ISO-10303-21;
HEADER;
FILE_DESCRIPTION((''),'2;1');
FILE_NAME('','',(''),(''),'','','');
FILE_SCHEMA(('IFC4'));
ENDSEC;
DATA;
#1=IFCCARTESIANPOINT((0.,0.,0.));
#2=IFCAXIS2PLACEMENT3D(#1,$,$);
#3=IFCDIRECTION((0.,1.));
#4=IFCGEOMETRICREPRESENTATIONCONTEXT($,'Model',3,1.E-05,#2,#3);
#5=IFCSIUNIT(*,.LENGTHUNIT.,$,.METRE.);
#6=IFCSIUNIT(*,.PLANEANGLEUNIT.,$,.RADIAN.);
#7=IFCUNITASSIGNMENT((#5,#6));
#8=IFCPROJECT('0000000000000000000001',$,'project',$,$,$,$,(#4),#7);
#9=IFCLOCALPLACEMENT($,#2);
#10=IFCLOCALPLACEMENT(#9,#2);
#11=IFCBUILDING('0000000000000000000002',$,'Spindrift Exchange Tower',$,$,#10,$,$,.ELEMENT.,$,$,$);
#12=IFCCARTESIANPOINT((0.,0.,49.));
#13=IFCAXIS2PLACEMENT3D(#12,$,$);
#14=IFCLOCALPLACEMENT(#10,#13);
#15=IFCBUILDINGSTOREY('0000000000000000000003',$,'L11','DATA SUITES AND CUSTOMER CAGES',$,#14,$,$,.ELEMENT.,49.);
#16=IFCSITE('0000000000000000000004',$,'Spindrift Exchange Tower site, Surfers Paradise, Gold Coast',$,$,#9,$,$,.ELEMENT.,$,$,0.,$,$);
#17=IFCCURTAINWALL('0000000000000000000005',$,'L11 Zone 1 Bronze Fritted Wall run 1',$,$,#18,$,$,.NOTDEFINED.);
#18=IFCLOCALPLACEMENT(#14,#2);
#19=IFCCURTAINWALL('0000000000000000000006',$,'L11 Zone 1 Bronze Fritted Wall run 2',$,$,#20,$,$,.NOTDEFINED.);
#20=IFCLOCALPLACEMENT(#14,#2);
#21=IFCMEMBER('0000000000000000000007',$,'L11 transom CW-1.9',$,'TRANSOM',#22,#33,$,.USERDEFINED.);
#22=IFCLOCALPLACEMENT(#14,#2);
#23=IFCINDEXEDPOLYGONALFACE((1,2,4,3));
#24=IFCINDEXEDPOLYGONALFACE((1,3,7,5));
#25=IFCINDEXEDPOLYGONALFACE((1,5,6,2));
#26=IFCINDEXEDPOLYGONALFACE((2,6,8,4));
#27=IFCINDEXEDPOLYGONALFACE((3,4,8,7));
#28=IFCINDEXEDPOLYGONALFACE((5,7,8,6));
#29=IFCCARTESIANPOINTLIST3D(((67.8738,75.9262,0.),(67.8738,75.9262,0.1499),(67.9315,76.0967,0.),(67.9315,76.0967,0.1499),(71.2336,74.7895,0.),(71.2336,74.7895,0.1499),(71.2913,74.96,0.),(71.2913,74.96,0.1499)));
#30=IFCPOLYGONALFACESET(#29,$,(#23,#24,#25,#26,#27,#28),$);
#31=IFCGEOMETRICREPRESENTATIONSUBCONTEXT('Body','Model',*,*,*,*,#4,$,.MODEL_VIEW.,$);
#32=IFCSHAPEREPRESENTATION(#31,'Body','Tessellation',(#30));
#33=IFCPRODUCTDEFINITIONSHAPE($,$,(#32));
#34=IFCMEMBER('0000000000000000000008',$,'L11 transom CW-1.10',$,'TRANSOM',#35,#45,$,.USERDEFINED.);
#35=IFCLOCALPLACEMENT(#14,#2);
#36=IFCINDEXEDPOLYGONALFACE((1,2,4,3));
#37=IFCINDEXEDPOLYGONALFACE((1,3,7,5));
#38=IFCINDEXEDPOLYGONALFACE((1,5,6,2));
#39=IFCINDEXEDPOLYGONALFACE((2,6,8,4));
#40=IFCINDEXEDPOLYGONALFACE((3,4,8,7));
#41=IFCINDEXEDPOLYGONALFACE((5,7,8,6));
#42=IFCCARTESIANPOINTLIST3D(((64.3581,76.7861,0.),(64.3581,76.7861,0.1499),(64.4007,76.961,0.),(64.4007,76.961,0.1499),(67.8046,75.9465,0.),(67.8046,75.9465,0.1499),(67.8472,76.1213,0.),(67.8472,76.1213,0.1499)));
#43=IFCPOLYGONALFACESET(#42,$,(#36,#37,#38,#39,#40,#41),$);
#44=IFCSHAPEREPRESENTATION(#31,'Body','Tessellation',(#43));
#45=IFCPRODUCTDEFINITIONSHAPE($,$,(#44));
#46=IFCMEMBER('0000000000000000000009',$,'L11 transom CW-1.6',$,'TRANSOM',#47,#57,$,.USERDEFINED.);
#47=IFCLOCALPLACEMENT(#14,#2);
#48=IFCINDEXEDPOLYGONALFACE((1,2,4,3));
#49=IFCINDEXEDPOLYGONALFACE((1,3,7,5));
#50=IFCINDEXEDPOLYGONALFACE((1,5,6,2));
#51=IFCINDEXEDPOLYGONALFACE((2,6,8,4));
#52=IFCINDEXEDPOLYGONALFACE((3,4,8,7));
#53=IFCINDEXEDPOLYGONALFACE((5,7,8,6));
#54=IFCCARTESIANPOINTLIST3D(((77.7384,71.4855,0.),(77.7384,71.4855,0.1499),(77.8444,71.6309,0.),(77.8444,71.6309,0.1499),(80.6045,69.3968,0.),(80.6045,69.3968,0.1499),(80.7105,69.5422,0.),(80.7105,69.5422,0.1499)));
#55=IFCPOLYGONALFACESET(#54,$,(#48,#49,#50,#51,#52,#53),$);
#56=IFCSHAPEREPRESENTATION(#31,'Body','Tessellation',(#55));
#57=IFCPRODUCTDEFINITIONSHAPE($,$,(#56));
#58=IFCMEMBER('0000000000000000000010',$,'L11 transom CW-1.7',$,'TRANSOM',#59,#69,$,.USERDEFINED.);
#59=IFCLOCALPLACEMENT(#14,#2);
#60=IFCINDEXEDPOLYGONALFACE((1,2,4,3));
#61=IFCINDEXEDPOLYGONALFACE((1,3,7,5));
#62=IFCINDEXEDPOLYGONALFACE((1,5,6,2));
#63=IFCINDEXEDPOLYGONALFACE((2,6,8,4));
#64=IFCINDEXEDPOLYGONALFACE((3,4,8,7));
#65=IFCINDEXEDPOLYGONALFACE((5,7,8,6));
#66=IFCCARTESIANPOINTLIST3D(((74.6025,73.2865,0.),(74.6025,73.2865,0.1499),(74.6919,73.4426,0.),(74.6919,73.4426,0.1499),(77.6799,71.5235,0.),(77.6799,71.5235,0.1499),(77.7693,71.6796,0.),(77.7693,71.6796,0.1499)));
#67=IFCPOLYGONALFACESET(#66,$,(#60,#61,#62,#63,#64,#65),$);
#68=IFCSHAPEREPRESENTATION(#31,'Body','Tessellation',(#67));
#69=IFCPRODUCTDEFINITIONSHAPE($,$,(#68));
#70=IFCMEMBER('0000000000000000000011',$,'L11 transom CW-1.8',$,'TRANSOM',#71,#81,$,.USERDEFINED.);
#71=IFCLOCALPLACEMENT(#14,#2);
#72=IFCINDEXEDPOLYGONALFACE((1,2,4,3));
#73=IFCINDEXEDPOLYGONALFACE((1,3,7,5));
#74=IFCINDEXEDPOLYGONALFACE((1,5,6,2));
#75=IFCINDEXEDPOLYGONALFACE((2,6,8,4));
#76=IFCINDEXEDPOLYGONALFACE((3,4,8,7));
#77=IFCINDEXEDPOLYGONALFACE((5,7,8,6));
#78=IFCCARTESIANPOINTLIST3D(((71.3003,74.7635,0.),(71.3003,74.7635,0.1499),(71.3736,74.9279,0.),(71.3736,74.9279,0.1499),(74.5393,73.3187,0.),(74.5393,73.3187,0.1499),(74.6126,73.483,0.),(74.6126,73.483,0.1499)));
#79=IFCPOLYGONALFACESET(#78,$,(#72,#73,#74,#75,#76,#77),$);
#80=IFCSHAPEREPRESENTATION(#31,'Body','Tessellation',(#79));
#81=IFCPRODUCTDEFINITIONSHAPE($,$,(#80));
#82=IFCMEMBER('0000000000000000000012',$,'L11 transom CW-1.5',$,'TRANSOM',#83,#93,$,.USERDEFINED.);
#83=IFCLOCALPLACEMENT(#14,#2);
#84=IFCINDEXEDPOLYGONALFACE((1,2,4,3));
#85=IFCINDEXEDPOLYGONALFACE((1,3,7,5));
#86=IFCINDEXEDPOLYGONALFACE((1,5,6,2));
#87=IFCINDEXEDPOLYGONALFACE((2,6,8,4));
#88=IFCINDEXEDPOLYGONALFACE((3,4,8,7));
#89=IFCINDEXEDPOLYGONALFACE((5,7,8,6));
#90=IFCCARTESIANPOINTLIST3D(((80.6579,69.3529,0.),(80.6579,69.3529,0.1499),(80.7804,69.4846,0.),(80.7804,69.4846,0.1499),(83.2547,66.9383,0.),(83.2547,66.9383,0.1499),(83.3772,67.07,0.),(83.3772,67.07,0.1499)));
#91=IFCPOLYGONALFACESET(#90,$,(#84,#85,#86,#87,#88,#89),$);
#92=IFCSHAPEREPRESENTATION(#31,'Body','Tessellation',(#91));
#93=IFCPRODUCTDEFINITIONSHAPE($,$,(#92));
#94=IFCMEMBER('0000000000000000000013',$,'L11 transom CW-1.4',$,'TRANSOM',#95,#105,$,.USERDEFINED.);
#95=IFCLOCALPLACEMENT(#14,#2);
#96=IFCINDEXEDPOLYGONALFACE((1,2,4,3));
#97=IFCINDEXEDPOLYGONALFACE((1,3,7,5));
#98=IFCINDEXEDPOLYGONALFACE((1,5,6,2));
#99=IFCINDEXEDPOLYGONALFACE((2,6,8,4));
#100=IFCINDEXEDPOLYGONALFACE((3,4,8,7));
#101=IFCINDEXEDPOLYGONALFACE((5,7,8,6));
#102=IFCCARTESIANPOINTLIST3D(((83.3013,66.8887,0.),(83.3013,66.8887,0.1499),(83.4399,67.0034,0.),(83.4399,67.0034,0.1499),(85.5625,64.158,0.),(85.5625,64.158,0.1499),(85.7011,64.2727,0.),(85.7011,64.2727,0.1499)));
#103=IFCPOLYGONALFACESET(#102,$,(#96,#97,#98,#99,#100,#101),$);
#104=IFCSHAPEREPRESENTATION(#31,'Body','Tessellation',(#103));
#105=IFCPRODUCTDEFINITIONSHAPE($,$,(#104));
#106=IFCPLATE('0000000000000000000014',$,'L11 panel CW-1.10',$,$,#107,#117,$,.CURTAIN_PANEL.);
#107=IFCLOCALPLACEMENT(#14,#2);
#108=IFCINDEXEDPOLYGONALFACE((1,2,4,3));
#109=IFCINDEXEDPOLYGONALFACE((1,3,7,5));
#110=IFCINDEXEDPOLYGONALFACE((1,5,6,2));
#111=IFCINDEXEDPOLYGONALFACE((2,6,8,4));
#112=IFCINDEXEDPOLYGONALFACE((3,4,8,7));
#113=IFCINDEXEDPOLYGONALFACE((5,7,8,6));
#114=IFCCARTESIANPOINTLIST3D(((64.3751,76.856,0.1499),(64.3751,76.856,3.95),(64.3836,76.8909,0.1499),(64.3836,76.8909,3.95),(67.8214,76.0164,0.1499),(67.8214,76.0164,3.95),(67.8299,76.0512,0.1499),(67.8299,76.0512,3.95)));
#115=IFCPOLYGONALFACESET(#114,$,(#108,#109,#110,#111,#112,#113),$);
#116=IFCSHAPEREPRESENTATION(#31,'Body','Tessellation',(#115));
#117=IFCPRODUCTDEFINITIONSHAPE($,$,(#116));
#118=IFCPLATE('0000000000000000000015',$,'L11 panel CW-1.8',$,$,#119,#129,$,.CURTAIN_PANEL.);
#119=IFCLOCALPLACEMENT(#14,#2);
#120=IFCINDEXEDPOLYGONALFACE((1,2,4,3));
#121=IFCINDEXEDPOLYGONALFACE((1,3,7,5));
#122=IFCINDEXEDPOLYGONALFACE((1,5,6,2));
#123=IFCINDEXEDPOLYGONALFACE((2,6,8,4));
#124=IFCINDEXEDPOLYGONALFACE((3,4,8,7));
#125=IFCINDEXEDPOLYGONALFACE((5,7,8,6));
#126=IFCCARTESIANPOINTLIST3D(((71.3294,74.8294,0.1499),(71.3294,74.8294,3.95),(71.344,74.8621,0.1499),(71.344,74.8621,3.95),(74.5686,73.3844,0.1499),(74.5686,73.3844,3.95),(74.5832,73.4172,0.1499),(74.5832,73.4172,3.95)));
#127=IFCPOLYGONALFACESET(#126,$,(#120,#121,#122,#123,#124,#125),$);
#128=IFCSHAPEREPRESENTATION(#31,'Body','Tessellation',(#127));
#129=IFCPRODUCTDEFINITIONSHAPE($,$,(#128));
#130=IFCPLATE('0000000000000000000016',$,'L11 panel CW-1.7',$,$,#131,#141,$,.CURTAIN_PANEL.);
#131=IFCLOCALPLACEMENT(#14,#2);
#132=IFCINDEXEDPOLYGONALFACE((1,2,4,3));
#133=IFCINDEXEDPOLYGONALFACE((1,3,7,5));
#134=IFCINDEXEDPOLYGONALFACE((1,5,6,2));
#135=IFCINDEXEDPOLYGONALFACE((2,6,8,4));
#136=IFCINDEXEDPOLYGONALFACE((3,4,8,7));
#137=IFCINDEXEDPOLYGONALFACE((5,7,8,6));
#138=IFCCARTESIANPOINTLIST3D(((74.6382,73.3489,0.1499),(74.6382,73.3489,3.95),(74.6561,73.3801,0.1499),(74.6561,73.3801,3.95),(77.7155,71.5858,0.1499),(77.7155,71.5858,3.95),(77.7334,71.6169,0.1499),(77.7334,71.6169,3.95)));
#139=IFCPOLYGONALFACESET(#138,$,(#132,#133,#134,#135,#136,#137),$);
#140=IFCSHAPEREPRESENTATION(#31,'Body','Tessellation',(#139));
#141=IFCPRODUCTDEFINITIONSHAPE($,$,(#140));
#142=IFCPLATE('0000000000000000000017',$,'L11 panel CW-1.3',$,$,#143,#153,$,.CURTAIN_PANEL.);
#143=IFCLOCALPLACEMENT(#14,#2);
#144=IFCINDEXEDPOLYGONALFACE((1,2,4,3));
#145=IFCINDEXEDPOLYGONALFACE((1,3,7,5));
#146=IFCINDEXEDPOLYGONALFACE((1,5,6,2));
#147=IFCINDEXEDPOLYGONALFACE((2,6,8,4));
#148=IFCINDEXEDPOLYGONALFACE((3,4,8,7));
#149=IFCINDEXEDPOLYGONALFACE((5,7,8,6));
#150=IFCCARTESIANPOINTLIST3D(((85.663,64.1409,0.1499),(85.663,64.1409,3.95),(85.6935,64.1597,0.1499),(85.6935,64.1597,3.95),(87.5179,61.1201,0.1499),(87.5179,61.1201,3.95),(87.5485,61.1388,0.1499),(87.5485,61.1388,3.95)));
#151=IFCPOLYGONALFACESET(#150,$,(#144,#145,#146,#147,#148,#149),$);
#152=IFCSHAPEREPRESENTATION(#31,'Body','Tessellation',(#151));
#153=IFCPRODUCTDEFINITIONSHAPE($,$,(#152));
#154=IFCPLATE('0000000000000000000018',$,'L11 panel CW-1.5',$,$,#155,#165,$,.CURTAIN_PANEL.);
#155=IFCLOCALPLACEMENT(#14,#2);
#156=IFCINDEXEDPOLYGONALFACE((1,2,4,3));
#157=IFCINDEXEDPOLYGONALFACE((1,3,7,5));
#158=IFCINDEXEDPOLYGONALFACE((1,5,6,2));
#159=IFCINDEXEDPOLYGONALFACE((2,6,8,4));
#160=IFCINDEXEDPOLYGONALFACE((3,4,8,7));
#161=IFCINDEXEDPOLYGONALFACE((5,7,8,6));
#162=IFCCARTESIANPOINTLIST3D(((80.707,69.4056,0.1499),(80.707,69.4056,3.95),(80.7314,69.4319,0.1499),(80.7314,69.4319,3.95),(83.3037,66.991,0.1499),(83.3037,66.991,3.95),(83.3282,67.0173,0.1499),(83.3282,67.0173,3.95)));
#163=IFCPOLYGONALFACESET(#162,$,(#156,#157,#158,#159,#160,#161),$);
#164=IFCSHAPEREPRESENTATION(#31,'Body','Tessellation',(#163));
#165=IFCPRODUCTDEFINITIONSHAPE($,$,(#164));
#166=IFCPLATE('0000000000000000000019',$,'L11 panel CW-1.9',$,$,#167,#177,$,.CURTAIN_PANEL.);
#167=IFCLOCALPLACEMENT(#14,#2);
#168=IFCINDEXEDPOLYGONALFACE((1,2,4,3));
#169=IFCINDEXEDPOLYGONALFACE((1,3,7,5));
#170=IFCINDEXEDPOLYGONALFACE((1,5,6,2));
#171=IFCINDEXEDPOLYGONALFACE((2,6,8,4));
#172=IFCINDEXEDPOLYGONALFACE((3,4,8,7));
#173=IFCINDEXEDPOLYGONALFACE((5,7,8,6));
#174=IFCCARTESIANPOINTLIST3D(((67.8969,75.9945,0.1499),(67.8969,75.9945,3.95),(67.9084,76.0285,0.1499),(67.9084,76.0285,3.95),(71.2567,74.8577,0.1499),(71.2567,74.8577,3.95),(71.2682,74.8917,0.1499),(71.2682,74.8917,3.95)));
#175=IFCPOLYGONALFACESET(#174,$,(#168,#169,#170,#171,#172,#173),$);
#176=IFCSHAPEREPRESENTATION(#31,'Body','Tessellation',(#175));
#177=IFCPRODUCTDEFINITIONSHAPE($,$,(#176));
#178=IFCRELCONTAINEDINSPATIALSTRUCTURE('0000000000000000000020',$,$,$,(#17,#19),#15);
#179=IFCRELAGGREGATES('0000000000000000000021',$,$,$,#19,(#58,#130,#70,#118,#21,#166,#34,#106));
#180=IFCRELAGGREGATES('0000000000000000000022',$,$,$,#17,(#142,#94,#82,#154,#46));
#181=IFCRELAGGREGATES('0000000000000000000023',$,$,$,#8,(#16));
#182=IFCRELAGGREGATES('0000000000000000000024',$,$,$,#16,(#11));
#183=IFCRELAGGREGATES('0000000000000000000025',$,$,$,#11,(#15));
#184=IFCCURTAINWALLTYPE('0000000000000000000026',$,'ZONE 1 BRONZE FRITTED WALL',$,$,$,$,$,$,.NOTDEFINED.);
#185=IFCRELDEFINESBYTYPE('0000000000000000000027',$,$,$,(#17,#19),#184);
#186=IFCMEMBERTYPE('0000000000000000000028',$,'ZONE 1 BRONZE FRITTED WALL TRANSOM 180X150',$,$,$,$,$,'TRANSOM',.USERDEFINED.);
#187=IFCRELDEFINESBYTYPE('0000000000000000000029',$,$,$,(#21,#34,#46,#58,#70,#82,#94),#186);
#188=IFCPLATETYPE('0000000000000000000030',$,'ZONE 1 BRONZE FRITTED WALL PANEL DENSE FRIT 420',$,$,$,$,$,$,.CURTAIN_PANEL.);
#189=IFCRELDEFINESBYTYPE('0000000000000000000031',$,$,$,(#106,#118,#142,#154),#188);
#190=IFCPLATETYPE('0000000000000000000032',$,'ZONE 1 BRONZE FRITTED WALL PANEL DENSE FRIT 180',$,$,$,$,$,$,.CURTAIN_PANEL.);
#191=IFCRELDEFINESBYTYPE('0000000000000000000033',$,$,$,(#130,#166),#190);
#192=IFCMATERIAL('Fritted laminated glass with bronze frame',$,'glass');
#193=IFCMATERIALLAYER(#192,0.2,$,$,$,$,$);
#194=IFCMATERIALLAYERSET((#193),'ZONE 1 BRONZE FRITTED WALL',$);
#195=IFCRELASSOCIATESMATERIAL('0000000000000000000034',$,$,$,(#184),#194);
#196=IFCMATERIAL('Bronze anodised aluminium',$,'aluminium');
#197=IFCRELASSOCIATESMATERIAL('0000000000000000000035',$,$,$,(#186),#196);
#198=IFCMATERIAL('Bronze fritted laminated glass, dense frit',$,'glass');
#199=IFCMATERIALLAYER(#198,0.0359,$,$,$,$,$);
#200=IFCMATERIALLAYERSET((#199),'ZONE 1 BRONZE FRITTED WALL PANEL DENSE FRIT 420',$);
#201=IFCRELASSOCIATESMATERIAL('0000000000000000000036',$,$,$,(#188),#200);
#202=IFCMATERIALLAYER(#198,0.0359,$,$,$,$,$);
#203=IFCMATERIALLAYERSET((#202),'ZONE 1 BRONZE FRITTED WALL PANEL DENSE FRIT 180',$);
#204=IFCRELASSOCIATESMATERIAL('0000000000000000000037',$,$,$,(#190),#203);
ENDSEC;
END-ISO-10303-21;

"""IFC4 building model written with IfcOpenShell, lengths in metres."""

from ifc_helpers import new_model, si_unit, direction, frame, origin, origin_2d, place, context, subcontext, project, spatial, rectangle, extrude, source, transform, mapped, material, layer, layer_set, material_profile, profile_set, type_object, element, aggregate, save


model = new_model("IFC4")

# Units and contexts
model_context = context("Model", 3, precision=1e-05, world=origin(), true_north=direction((0.0, 1.0)))
body_context = subcontext(model_context, "Body", "Model", "MODEL_VIEW")
ifc_project = project(units=[si_unit("LENGTHUNIT", "METRE"), si_unit("PLANEANGLEUNIT", "RADIAN")], contexts=[model_context])

# Site, building, storey
site_placement = place(None, origin())
site = spatial("IfcSite", under=ifc_project, at=site_placement, Name="Spindrift Exchange Tower site, Surfers Paradise, Gold Coast", CompositionType="ELEMENT", RefElevation=0.0)
building_placement = place(site_placement, origin())
building = spatial("IfcBuilding", under=site, at=building_placement, Name="Spindrift Exchange Tower", CompositionType="ELEMENT")
storey_placement = place(building_placement, frame((0.0, 0.0, 49.0)))
storey = spatial("IfcBuildingStorey", under=building, at=storey_placement, Name="L11", Description="DATA SUITES AND CUSTOMER CAGES", CompositionType="ELEMENT", Elevation=49.0)

# Curtain walls, members
ifc_material_1 = material(Name="Fritted laminated glass with bronze frame", Category="glass")
ifc_layer_1 = layer(ifc_material_1, 0.2)
ifc_layer_set_1 = layer_set([ifc_layer_1], Name="ZONE 1 BRONZE FRITTED WALL")
curtain_wall_type = type_object("IfcCurtainWallType", Name="ZONE 1 BRONZE FRITTED WALL", PredefinedType="NOTDEFINED", material=ifc_layer_set_1)
curtain_wall_1_placement = place(storey_placement, origin())
curtain_wall_1 = element("IfcCurtainWall", 1, at=curtain_wall_1_placement, inside=storey, type_object=curtain_wall_type, Name="L11 Zone 1 Bronze Fritted Wall run 1", PredefinedType="NOTDEFINED")
ifc_material_2 = material(Name="Bronze anodised aluminium", Category="aluminium")
curtain_wall_2_placement = place(storey_placement, origin())
curtain_wall_2 = element("IfcCurtainWall", 2, at=curtain_wall_2_placement, inside=storey, type_object=curtain_wall_type, Name="L11 Zone 1 Bronze Fritted Wall run 2", PredefinedType="NOTDEFINED")
ifc_material_profile_1 = material_profile(ifc_material_2, rectangle(XDim=0.1799, YDim=0.1499, at=origin_2d()), Name="ZONE 1 BRONZE FRITTED WALL TRANSOM 180X150")
ifc_profile_set_1 = profile_set([ifc_material_profile_1], Name="Bronze anodised aluminium")
member_type_1 = type_object("IfcMemberType", Name="ZONE 1 BRONZE FRITTED WALL TRANSOM 180X150", ElementType="TRANSOM", PredefinedType="USERDEFINED", material=ifc_profile_set_1)
shared_shape_1 = source(origin(), body_context, "Body", "SweptSolid", [
    extrude(rectangle(XDim=0.1799, YDim=0.1499, at=origin_2d()), origin(), (0.0, 0.0, 1.0), 3.5469),
])
member_1_placement = place(storey_placement, frame((71.2625, 74.8748, 0.075), z_axis=(-0.947256, 0.320478, 0.0), x_axis=(-0.320478, -0.947256, 0.0)))
member_1 = element("IfcMember", 3, at=member_1_placement, type_object=member_type_1, Name="L11 transom CW-1.9", ObjectType="TRANSOM", PredefinedType="USERDEFINED", context=body_context, shape_type="MappedRepresentation", body=[
    mapped(shared_shape_1, transform((0.0, 0.0, 0.0), scale=1.0)),
])
shared_shape_2 = source(origin(), body_context, "Body", "SweptSolid", [
    extrude(rectangle(XDim=0.1799, YDim=0.1499, at=origin_2d()), origin(), (0.0, 0.0, 1.0), 3.5474),
])
member_2_placement = place(storey_placement, frame((67.8259, 76.0339, 0.075), z_axis=(-0.971586, 0.236685, 0.0), x_axis=(-0.236685, -0.971586, 0.0)))
member_2 = element("IfcMember", 4, at=member_2_placement, type_object=member_type_1, Name="L11 transom CW-1.10", ObjectType="TRANSOM", PredefinedType="USERDEFINED", context=body_context, shape_type="MappedRepresentation", body=[
    mapped(shared_shape_2, transform((0.0, 0.0, 0.0), scale=1.0)),
])

# Members
shared_shape_3 = source(origin(), body_context, "Body", "SweptSolid", [
    extrude(rectangle(XDim=0.1799, YDim=0.1499, at=origin_2d()), origin(), (0.0, 0.0, 1.0), 3.5464),
])
member_3_placement = place(storey_placement, frame((80.6575, 69.4695, 0.075), z_axis=(-0.808161, 0.588961, 0.0), x_axis=(-0.588961, -0.808161, 0.0)))
member_3 = element("IfcMember", 5, at=member_3_placement, type_object=member_type_1, Name="L11 transom CW-1.6", ObjectType="TRANSOM", PredefinedType="USERDEFINED", context=body_context, shape_type="MappedRepresentation", body=[
    mapped(shared_shape_3, transform((0.0, 0.0, 0.0), scale=1.0)),
])
shared_shape_4 = source(origin(), body_context, "Body", "SweptSolid", [
    extrude(rectangle(XDim=0.1799, YDim=0.1499, at=origin_2d()), origin(), (0.0, 0.0, 1.0), 3.5466),
])
member_4_placement = place(storey_placement, frame((77.7246, 71.6016, 0.075), z_axis=(-0.867705, 0.49708, 0.0), x_axis=(-0.49708, -0.867705, 0.0)))
member_4 = element("IfcMember", 6, at=member_4_placement, type_object=member_type_1, Name="L11 transom CW-1.7", ObjectType="TRANSOM", PredefinedType="USERDEFINED", context=body_context, shape_type="MappedRepresentation", body=[
    mapped(shared_shape_4, transform((0.0, 0.0, 0.0), scale=1.0)),
])
member_5_placement = place(storey_placement, frame((74.5759, 73.4009, 0.075), z_axis=(-0.91326, 0.407377, 0.0), x_axis=(-0.407377, -0.91326, 0.0)))
member_5 = element("IfcMember", 7, at=member_5_placement, type_object=member_type_1, Name="L11 transom CW-1.8", ObjectType="TRANSOM", PredefinedType="USERDEFINED", context=body_context, shape_type="MappedRepresentation", body=[
    mapped(shared_shape_4, transform((0.0, 0.0, 0.0), scale=1.0)),
])
shared_shape_5 = source(origin(), body_context, "Body", "SweptSolid", [
    extrude(rectangle(XDim=0.1799, YDim=0.1499, at=origin_2d()), origin(), (0.0, 0.0, 1.0), 3.5459),
])
member_6_placement = place(storey_placement, frame((83.3159, 67.0042, 0.075), z_axis=(-0.732322, 0.680958, 0.0), x_axis=(-0.680958, -0.732322, 0.0)))
member_6 = element("IfcMember", 8, at=member_6_placement, type_object=member_type_1, Name="L11 transom CW-1.5", ObjectType="TRANSOM", PredefinedType="USERDEFINED", context=body_context, shape_type="MappedRepresentation", body=[
    mapped(shared_shape_5, transform((0.0, 0.0, 0.0), scale=1.0)),
])
shared_shape_6 = source(origin(), body_context, "Body", "SweptSolid", [
    extrude(rectangle(XDim=0.1799, YDim=0.1499, at=origin_2d()), origin(), (0.0, 0.0, 1.0), 3.5454),
])
member_7_placement = place(storey_placement, frame((85.6318, 64.2153, 0.075), z_axis=(-0.63779, 0.77021, 0.0), x_axis=(-0.77021, -0.63779, 0.0)))
member_7 = element("IfcMember", 9, at=member_7_placement, type_object=member_type_1, Name="L11 transom CW-1.4", ObjectType="TRANSOM", PredefinedType="USERDEFINED", context=body_context, shape_type="MappedRepresentation", body=[
    mapped(shared_shape_6, transform((0.0, 0.0, 0.0), scale=1.0)),
])

# Plates
ifc_material_3 = material(Name="Bronze fritted laminated glass, dense frit", Category="glass")
ifc_layer_2 = layer(ifc_material_3, 0.0359)
ifc_layer_set_2 = layer_set([ifc_layer_2], Name="ZONE 1 BRONZE FRITTED WALL PANEL DENSE FRIT 420")
plate_type_1 = type_object("IfcPlateType", Name="ZONE 1 BRONZE FRITTED WALL PANEL DENSE FRIT 420", PredefinedType="CURTAIN_PANEL", material=ifc_layer_set_2)
shared_shape_7 = source(origin(), body_context, "Body", "SweptSolid", [
    extrude(rectangle(XDim=3.5471, YDim=0.0359, at=origin_2d()), origin(), (0.0, 0.0, 1.0), 3.8),
])
plate_1_placement = place(storey_placement, frame((66.1025, 76.4536, 0.1499), z_axis=(0.0, 0.0, 1.0), x_axis=(-0.97158, 0.236713, 0.0)))
plate_1 = element("IfcPlate", 10, at=plate_1_placement, type_object=plate_type_1, Name="L11 panel CW-1.10", PredefinedType="CURTAIN_PANEL", context=body_context, shape_type="MappedRepresentation", body=[
    mapped(shared_shape_7, transform((0.0, 0.0, 0.0), scale=1.0)),
])
shared_shape_8 = source(origin(), body_context, "Body", "SweptSolid", [
    extrude(rectangle(XDim=3.5469, YDim=0.0359, at=origin_2d()), origin(), (0.0, 0.0, 1.0), 3.8),
])
plate_2_placement = place(storey_placement, frame((72.9563, 74.1233, 0.1499), z_axis=(0.0, 0.0, 1.0), x_axis=(-0.913257, 0.407384, 0.0)))
plate_2 = element("IfcPlate", 11, at=plate_2_placement, type_object=plate_type_1, Name="L11 panel CW-1.8", PredefinedType="CURTAIN_PANEL", context=body_context, shape_type="MappedRepresentation", body=[
    mapped(shared_shape_8, transform((0.0, 0.0, 0.0), scale=1.0)),
])
ifc_layer_3 = layer(ifc_material_3, 0.0359)
ifc_layer_set_3 = layer_set([ifc_layer_3], Name="ZONE 1 BRONZE FRITTED WALL PANEL DENSE FRIT 180")
plate_type_2 = type_object("IfcPlateType", Name="ZONE 1 BRONZE FRITTED WALL PANEL DENSE FRIT 180", PredefinedType="CURTAIN_PANEL", material=ifc_layer_set_3)
shared_shape_9 = source(origin(), body_context, "Body", "SweptSolid", [
    extrude(rectangle(XDim=3.5466, YDim=0.0359, at=origin_2d()), origin(), (0.0, 0.0, 1.0), 3.8),
])
plate_3_placement = place(storey_placement, frame((76.1858, 72.4829, 0.1499), z_axis=(0.0, 0.0, 1.0), x_axis=(-0.867674, 0.497133, 0.0)))
plate_3 = element("IfcPlate", 12, at=plate_3_placement, type_object=plate_type_2, Name="L11 panel CW-1.7", PredefinedType="CURTAIN_PANEL", context=body_context, shape_type="MappedRepresentation", body=[
    mapped(shared_shape_9, transform((0.0, 0.0, 0.0), scale=1.0)),
])
shared_shape_10 = source(origin(), body_context, "Body", "SweptSolid", [
    extrude(rectangle(XDim=3.5449, YDim=0.0359, at=origin_2d()), origin(), (0.0, 0.0, 1.0), 3.8),
])
plate_4_placement = place(storey_placement, frame((86.6057, 62.6399, 0.1499), z_axis=(0.0, 0.0, 1.0), x_axis=(-0.52326, 0.852173, 0.0)))
plate_4 = element("IfcPlate", 13, at=plate_4_placement, type_object=plate_type_1, Name="L11 panel CW-1.3", PredefinedType="CURTAIN_PANEL", context=body_context, shape_type="MappedRepresentation", body=[
    mapped(shared_shape_10, transform((0.0, 0.0, 0.0), scale=1.0)),
])
shared_shape_11 = source(origin(), body_context, "Body", "SweptSolid", [
    extrude(rectangle(XDim=3.5459, YDim=0.0359, at=origin_2d()), origin(), (0.0, 0.0, 1.0), 3.8),
])
plate_5_placement = place(storey_placement, frame((82.0176, 68.2114, 0.1499), z_axis=(0.0, 0.0, 1.0), x_axis=(-0.732317, 0.680964, 0.0)))
plate_5 = element("IfcPlate", 14, at=plate_5_placement, type_object=plate_type_1, Name="L11 panel CW-1.5", PredefinedType="CURTAIN_PANEL", context=body_context, shape_type="MappedRepresentation", body=[
    mapped(shared_shape_11, transform((0.0, 0.0, 0.0), scale=1.0)),
])
shared_shape_12 = source(origin(), body_context, "Body", "SweptSolid", [
    extrude(rectangle(XDim=3.5469, YDim=0.0359, at=origin_2d()), origin(), (0.0, 0.0, 1.0), 3.8),
])
plate_6_placement = place(storey_placement, frame((69.5825, 75.4431, 0.1499), z_axis=(0.0, 0.0, 1.0), x_axis=(-0.947251, 0.320492, 0.0)))
plate_6 = element("IfcPlate", 15, at=plate_6_placement, type_object=plate_type_2, Name="L11 panel CW-1.9", PredefinedType="CURTAIN_PANEL", context=body_context, shape_type="MappedRepresentation", body=[
    mapped(shared_shape_12, transform((0.0, 0.0, 0.0), scale=1.0)),
])
aggregate(curtain_wall_2, [member_4, plate_3, member_5, plate_2, member_1, plate_6, member_2, plate_1])
aggregate(curtain_wall_1, [plate_4, member_7, member_6, plate_5, member_3])

save(model, "model.ifc")
